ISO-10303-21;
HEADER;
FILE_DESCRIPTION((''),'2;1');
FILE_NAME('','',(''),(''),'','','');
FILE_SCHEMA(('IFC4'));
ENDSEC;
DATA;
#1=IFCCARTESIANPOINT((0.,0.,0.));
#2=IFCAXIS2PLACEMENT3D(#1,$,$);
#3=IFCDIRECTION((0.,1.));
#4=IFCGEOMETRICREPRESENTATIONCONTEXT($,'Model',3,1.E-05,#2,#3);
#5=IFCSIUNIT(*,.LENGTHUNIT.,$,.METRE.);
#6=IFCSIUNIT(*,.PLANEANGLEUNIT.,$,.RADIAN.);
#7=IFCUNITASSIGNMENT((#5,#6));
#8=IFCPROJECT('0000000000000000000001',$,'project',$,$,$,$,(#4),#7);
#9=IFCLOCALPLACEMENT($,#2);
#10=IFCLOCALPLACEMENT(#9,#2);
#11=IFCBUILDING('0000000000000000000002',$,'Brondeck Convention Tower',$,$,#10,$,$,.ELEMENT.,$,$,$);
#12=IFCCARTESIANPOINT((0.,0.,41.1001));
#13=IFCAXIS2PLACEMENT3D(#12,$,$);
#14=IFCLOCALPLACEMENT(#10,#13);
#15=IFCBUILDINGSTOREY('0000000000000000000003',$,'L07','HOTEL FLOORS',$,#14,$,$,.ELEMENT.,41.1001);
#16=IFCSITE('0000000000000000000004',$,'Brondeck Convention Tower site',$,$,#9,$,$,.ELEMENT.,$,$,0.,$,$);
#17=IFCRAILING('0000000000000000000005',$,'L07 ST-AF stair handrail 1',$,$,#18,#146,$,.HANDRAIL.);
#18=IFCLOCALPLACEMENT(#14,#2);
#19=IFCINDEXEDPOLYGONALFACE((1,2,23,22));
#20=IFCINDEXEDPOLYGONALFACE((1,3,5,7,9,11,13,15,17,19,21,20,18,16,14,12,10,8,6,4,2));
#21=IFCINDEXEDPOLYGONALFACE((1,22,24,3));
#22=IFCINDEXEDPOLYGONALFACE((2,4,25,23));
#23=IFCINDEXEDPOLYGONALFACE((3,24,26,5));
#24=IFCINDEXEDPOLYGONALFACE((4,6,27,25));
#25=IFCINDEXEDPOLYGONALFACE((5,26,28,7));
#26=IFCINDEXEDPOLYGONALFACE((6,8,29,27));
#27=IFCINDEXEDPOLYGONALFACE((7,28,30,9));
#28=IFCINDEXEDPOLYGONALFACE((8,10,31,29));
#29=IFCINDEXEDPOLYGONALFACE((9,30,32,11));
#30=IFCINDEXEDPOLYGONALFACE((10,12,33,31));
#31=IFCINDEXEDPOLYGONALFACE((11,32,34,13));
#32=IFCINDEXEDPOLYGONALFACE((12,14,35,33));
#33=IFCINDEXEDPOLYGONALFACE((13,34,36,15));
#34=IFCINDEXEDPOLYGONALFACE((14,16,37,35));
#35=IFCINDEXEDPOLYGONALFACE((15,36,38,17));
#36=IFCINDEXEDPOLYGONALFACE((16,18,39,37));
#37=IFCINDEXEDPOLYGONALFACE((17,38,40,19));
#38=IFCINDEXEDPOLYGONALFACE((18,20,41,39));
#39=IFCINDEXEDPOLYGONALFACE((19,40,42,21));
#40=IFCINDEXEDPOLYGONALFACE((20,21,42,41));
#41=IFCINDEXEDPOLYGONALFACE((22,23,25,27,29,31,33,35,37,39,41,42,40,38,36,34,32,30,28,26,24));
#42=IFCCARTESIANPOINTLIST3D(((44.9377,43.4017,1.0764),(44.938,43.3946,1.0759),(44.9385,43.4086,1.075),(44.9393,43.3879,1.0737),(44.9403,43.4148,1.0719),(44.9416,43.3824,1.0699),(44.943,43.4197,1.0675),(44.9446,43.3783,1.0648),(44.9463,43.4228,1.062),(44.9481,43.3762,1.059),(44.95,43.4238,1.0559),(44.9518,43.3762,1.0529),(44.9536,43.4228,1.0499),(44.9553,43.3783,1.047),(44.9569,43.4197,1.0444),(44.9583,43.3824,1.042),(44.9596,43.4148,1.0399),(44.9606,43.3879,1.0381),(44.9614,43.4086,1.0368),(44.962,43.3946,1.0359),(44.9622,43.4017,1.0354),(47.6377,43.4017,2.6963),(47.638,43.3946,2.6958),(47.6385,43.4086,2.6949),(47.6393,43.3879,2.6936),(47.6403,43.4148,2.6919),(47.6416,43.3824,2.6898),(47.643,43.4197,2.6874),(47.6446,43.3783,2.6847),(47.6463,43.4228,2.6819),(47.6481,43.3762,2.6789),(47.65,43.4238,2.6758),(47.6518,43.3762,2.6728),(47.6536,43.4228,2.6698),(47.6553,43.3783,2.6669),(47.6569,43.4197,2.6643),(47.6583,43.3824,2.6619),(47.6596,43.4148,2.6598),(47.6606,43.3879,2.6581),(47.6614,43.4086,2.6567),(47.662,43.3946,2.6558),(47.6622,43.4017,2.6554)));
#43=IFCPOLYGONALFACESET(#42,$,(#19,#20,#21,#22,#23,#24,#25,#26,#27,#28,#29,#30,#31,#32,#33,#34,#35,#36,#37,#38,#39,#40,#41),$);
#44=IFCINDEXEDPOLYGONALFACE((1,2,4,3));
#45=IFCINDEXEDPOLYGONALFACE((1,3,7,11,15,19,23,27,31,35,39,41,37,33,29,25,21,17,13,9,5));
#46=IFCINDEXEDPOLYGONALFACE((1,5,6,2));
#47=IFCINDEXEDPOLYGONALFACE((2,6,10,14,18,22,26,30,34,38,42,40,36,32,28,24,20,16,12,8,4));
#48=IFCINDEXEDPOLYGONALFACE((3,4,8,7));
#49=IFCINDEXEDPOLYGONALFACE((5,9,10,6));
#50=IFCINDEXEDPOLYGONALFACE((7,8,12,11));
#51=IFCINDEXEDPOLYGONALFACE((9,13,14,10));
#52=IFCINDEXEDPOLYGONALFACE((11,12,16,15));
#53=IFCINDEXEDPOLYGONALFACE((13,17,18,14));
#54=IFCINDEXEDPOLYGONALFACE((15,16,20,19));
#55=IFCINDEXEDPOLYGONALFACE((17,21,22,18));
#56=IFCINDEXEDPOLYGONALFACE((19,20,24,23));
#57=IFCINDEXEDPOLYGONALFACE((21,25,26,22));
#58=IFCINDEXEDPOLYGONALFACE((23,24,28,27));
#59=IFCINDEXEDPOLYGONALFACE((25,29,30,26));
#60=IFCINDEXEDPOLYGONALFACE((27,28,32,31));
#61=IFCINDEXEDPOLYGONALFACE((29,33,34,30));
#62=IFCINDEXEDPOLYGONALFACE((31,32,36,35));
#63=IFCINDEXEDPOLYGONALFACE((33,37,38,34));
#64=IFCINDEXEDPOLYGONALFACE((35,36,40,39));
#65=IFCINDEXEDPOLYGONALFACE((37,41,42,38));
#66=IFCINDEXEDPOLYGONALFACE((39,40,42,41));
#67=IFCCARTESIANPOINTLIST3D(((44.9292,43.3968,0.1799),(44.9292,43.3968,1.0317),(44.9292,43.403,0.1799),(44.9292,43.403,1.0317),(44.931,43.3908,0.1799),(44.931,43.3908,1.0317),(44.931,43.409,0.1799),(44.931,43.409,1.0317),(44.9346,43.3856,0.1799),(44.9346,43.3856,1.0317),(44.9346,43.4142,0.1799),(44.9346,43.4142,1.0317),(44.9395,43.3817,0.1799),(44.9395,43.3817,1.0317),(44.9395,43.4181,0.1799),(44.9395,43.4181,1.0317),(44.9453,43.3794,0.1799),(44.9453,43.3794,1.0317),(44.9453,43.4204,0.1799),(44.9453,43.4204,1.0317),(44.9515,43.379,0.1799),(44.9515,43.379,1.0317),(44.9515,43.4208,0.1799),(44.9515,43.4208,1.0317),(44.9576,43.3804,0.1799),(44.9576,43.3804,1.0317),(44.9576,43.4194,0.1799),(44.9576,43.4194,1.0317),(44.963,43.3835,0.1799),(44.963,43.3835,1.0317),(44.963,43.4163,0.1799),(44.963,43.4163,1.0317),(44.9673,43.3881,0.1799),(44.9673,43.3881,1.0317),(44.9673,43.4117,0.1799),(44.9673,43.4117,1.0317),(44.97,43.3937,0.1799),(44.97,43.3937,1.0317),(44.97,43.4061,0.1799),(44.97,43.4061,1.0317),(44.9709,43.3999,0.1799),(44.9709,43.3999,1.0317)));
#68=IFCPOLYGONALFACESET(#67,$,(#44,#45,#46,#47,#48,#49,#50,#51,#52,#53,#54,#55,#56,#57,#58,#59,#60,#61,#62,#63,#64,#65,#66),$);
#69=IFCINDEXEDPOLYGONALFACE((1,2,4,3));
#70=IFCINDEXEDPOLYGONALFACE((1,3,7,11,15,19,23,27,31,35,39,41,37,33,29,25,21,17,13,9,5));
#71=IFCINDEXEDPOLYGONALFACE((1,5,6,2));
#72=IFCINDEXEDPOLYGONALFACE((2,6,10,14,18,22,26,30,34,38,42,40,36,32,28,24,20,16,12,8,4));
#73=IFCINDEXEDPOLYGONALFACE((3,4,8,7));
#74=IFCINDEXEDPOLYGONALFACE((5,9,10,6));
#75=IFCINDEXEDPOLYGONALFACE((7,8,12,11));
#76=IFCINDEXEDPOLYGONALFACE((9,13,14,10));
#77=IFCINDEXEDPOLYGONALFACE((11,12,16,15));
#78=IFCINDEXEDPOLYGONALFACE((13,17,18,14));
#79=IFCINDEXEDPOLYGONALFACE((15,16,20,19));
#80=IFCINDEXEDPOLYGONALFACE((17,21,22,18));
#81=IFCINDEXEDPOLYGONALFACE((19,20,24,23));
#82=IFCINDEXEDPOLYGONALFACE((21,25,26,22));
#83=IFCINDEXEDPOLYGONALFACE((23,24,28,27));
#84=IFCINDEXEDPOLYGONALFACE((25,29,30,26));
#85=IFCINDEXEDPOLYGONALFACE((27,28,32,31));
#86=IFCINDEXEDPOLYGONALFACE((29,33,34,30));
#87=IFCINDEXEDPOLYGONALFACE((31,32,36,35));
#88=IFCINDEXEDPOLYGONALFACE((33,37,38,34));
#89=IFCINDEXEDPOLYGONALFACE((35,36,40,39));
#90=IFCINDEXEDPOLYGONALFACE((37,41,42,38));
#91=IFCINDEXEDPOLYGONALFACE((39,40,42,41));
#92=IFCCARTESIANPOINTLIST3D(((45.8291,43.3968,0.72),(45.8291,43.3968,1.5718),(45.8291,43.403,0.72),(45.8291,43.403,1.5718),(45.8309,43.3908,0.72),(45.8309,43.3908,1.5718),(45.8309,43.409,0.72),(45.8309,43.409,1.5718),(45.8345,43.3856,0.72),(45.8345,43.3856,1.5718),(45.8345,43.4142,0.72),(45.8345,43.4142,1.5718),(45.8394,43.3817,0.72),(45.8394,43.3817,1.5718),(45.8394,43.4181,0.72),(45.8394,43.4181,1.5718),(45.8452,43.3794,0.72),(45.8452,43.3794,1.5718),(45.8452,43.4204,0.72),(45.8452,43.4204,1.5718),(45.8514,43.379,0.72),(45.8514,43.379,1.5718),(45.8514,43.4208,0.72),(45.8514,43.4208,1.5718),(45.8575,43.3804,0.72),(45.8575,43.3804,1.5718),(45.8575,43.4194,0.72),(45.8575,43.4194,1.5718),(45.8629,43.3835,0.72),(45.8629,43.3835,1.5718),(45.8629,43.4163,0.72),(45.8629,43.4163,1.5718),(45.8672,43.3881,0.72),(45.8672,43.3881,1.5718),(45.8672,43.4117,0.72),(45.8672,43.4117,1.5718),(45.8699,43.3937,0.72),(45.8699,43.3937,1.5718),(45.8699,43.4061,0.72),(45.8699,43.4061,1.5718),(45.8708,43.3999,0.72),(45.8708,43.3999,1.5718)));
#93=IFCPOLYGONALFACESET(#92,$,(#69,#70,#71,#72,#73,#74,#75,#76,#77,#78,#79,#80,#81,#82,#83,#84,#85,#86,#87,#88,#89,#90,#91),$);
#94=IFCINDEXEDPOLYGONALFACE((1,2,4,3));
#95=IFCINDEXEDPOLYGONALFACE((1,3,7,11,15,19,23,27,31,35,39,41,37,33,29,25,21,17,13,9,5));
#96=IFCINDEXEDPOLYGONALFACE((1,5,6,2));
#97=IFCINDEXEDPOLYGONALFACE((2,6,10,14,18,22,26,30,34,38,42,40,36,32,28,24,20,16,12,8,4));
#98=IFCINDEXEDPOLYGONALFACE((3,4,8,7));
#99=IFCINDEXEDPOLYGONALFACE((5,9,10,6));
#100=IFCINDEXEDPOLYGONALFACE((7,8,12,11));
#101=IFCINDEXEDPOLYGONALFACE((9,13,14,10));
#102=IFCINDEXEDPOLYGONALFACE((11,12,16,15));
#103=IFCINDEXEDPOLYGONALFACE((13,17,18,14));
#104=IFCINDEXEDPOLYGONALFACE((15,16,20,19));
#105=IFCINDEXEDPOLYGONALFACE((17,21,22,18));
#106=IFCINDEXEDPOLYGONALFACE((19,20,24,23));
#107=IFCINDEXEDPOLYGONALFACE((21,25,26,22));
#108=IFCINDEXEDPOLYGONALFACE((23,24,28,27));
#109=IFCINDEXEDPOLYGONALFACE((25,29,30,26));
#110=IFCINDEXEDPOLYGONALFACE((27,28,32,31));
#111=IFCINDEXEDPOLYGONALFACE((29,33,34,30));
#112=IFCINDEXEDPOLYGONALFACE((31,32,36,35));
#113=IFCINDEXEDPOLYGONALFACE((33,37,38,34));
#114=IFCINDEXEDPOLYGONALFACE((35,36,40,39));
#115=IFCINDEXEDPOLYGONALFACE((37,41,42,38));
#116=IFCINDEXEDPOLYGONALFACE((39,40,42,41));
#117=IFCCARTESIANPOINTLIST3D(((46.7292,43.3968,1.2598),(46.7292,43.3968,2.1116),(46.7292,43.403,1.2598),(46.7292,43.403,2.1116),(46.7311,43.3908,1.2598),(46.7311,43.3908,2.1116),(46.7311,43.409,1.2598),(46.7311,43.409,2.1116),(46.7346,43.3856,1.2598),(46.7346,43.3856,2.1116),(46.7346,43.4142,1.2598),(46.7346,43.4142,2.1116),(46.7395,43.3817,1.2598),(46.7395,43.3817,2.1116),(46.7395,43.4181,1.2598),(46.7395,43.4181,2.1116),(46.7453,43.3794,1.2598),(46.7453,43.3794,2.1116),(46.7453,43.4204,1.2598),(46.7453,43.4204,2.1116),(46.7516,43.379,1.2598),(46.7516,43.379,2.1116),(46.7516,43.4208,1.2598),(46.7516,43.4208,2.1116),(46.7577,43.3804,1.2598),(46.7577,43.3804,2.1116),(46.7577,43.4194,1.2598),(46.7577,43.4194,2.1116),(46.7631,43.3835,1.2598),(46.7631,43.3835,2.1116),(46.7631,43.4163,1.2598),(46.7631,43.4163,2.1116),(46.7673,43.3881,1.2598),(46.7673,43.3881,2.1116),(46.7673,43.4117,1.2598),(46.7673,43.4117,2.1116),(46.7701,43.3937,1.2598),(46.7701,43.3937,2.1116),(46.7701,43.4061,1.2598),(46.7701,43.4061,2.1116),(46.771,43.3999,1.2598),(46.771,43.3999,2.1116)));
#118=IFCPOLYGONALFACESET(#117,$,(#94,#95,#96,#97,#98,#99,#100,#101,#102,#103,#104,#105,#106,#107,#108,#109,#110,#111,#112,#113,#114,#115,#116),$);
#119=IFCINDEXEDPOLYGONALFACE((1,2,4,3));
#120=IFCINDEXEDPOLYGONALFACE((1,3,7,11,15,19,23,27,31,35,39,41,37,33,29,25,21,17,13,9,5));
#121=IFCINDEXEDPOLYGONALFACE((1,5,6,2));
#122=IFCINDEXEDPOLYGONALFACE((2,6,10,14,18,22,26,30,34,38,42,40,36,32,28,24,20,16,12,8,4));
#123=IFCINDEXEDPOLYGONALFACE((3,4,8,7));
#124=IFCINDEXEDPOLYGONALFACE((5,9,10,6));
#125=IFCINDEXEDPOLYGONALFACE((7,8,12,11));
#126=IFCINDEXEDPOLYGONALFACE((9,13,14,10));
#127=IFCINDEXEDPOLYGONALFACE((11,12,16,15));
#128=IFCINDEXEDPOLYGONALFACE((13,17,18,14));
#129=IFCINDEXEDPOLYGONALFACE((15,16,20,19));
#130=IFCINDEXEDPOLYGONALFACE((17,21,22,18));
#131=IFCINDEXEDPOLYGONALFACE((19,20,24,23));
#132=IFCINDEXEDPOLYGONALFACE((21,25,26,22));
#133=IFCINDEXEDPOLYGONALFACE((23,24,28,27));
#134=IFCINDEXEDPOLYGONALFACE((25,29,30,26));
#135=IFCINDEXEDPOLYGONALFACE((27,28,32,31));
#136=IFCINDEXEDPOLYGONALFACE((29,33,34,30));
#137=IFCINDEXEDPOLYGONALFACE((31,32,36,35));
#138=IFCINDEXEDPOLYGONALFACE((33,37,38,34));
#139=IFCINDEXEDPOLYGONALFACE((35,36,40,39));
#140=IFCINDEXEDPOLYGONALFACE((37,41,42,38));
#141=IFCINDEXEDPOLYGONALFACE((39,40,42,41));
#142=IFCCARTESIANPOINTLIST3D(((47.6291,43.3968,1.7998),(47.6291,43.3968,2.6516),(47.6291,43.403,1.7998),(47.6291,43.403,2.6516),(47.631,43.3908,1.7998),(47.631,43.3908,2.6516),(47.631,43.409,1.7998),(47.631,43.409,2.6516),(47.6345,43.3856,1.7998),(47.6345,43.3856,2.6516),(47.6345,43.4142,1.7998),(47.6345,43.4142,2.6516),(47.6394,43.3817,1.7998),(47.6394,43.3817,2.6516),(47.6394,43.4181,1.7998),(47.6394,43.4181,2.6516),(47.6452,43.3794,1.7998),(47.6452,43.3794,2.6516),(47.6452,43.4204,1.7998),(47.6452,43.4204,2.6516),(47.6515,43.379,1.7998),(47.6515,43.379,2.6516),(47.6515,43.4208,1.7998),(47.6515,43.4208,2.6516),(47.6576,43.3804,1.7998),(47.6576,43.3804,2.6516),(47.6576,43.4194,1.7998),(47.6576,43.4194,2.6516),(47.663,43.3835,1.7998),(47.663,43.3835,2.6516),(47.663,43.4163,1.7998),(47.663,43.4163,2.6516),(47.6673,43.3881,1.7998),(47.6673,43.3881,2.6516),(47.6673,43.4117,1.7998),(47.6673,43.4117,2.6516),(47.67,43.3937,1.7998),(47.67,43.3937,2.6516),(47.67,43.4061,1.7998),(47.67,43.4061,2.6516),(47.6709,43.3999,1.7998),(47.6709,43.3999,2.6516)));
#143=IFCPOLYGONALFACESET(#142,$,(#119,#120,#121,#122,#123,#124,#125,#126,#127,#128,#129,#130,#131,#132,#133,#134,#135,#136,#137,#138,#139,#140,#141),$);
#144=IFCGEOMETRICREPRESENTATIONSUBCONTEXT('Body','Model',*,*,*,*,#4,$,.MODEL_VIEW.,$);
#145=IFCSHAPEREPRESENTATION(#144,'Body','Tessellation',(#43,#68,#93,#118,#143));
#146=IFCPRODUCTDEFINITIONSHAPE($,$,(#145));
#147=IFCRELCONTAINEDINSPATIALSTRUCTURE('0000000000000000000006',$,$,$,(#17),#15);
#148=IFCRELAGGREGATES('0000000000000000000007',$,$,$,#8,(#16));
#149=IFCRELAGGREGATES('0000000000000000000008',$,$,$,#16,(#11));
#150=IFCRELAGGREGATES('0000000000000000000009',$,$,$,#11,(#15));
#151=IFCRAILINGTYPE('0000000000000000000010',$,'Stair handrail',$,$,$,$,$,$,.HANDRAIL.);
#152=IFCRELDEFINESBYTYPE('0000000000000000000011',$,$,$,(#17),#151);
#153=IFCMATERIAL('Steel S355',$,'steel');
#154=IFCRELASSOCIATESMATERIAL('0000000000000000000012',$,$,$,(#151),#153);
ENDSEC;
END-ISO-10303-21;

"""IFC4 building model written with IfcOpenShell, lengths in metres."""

from ifc_helpers import new_model, si_unit, direction, frame, origin, origin_2d, place, context, subcontext, project, spatial, circle, extrude, material, type_object, element, save


model = new_model("IFC4")

# Units and contexts
model_context = context("Model", 3, precision=1e-05, world=origin(), true_north=direction((0.0, 1.0)))
body_context = subcontext(model_context, "Body", "Model", "MODEL_VIEW")
ifc_project = project(units=[si_unit("LENGTHUNIT", "METRE"), si_unit("PLANEANGLEUNIT", "RADIAN")], contexts=[model_context])

# Site, building, storey
site_placement = place(None, origin())
site = spatial("IfcSite", under=ifc_project, at=site_placement, Name="Brondeck Convention Tower site", CompositionType="ELEMENT", RefElevation=0.0)
building_placement = place(site_placement, origin())
building = spatial("IfcBuilding", under=site, at=building_placement, Name="Brondeck Convention Tower", CompositionType="ELEMENT")
storey_placement = place(building_placement, frame((0.0, 0.0, 41.1001)))
storey = spatial("IfcBuildingStorey", under=building, at=storey_placement, Name="L07", Description="HOTEL FLOORS", CompositionType="ELEMENT", Elevation=41.1001)

# Shared definitions
ifc_material_1 = material(Name="Steel S355", Category="steel")

# Railing
railing_type_1 = type_object("IfcRailingType", Name="Stair handrail", PredefinedType="HANDRAIL", material=ifc_material_1)
railing_1_placement = place(storey_placement, frame((44.95, 43.3999, 0.1799)))
element("IfcRailing", 1, at=railing_1_placement, inside=storey, type_object=railing_type_1, Name="L07 ST-AF stair handrail 1", PredefinedType="HANDRAIL", context=body_context, shape_type="SweptSolid", body=[
    extrude(circle(Radius=0.0239, at=origin_2d()), frame((0.0, 0.0, 0.876), z_axis=(0.857507, 0.0, 0.514473), x_axis=(0.0, 1.0, 0.0)), (0.0, 0.0, 1.0), 3.1487),
    extrude(circle(Radius=0.021, at=origin_2d()), origin(), (0.0, 0.0, 1.0), 0.8518),
    extrude(circle(Radius=0.021, at=origin_2d()), frame((0.8999, 0.0, 0.54)), (0.0, 0.0, 1.0), 0.8518),
    extrude(circle(Radius=0.021, at=origin_2d()), frame((1.8, 0.0, 1.0798)), (0.0, 0.0, 1.0), 0.8518),
    extrude(circle(Radius=0.021, at=origin_2d()), frame((2.7, 0.0, 1.6199)), (0.0, 0.0, 1.0), 0.8518),
])

save(model, "model.ifc")
